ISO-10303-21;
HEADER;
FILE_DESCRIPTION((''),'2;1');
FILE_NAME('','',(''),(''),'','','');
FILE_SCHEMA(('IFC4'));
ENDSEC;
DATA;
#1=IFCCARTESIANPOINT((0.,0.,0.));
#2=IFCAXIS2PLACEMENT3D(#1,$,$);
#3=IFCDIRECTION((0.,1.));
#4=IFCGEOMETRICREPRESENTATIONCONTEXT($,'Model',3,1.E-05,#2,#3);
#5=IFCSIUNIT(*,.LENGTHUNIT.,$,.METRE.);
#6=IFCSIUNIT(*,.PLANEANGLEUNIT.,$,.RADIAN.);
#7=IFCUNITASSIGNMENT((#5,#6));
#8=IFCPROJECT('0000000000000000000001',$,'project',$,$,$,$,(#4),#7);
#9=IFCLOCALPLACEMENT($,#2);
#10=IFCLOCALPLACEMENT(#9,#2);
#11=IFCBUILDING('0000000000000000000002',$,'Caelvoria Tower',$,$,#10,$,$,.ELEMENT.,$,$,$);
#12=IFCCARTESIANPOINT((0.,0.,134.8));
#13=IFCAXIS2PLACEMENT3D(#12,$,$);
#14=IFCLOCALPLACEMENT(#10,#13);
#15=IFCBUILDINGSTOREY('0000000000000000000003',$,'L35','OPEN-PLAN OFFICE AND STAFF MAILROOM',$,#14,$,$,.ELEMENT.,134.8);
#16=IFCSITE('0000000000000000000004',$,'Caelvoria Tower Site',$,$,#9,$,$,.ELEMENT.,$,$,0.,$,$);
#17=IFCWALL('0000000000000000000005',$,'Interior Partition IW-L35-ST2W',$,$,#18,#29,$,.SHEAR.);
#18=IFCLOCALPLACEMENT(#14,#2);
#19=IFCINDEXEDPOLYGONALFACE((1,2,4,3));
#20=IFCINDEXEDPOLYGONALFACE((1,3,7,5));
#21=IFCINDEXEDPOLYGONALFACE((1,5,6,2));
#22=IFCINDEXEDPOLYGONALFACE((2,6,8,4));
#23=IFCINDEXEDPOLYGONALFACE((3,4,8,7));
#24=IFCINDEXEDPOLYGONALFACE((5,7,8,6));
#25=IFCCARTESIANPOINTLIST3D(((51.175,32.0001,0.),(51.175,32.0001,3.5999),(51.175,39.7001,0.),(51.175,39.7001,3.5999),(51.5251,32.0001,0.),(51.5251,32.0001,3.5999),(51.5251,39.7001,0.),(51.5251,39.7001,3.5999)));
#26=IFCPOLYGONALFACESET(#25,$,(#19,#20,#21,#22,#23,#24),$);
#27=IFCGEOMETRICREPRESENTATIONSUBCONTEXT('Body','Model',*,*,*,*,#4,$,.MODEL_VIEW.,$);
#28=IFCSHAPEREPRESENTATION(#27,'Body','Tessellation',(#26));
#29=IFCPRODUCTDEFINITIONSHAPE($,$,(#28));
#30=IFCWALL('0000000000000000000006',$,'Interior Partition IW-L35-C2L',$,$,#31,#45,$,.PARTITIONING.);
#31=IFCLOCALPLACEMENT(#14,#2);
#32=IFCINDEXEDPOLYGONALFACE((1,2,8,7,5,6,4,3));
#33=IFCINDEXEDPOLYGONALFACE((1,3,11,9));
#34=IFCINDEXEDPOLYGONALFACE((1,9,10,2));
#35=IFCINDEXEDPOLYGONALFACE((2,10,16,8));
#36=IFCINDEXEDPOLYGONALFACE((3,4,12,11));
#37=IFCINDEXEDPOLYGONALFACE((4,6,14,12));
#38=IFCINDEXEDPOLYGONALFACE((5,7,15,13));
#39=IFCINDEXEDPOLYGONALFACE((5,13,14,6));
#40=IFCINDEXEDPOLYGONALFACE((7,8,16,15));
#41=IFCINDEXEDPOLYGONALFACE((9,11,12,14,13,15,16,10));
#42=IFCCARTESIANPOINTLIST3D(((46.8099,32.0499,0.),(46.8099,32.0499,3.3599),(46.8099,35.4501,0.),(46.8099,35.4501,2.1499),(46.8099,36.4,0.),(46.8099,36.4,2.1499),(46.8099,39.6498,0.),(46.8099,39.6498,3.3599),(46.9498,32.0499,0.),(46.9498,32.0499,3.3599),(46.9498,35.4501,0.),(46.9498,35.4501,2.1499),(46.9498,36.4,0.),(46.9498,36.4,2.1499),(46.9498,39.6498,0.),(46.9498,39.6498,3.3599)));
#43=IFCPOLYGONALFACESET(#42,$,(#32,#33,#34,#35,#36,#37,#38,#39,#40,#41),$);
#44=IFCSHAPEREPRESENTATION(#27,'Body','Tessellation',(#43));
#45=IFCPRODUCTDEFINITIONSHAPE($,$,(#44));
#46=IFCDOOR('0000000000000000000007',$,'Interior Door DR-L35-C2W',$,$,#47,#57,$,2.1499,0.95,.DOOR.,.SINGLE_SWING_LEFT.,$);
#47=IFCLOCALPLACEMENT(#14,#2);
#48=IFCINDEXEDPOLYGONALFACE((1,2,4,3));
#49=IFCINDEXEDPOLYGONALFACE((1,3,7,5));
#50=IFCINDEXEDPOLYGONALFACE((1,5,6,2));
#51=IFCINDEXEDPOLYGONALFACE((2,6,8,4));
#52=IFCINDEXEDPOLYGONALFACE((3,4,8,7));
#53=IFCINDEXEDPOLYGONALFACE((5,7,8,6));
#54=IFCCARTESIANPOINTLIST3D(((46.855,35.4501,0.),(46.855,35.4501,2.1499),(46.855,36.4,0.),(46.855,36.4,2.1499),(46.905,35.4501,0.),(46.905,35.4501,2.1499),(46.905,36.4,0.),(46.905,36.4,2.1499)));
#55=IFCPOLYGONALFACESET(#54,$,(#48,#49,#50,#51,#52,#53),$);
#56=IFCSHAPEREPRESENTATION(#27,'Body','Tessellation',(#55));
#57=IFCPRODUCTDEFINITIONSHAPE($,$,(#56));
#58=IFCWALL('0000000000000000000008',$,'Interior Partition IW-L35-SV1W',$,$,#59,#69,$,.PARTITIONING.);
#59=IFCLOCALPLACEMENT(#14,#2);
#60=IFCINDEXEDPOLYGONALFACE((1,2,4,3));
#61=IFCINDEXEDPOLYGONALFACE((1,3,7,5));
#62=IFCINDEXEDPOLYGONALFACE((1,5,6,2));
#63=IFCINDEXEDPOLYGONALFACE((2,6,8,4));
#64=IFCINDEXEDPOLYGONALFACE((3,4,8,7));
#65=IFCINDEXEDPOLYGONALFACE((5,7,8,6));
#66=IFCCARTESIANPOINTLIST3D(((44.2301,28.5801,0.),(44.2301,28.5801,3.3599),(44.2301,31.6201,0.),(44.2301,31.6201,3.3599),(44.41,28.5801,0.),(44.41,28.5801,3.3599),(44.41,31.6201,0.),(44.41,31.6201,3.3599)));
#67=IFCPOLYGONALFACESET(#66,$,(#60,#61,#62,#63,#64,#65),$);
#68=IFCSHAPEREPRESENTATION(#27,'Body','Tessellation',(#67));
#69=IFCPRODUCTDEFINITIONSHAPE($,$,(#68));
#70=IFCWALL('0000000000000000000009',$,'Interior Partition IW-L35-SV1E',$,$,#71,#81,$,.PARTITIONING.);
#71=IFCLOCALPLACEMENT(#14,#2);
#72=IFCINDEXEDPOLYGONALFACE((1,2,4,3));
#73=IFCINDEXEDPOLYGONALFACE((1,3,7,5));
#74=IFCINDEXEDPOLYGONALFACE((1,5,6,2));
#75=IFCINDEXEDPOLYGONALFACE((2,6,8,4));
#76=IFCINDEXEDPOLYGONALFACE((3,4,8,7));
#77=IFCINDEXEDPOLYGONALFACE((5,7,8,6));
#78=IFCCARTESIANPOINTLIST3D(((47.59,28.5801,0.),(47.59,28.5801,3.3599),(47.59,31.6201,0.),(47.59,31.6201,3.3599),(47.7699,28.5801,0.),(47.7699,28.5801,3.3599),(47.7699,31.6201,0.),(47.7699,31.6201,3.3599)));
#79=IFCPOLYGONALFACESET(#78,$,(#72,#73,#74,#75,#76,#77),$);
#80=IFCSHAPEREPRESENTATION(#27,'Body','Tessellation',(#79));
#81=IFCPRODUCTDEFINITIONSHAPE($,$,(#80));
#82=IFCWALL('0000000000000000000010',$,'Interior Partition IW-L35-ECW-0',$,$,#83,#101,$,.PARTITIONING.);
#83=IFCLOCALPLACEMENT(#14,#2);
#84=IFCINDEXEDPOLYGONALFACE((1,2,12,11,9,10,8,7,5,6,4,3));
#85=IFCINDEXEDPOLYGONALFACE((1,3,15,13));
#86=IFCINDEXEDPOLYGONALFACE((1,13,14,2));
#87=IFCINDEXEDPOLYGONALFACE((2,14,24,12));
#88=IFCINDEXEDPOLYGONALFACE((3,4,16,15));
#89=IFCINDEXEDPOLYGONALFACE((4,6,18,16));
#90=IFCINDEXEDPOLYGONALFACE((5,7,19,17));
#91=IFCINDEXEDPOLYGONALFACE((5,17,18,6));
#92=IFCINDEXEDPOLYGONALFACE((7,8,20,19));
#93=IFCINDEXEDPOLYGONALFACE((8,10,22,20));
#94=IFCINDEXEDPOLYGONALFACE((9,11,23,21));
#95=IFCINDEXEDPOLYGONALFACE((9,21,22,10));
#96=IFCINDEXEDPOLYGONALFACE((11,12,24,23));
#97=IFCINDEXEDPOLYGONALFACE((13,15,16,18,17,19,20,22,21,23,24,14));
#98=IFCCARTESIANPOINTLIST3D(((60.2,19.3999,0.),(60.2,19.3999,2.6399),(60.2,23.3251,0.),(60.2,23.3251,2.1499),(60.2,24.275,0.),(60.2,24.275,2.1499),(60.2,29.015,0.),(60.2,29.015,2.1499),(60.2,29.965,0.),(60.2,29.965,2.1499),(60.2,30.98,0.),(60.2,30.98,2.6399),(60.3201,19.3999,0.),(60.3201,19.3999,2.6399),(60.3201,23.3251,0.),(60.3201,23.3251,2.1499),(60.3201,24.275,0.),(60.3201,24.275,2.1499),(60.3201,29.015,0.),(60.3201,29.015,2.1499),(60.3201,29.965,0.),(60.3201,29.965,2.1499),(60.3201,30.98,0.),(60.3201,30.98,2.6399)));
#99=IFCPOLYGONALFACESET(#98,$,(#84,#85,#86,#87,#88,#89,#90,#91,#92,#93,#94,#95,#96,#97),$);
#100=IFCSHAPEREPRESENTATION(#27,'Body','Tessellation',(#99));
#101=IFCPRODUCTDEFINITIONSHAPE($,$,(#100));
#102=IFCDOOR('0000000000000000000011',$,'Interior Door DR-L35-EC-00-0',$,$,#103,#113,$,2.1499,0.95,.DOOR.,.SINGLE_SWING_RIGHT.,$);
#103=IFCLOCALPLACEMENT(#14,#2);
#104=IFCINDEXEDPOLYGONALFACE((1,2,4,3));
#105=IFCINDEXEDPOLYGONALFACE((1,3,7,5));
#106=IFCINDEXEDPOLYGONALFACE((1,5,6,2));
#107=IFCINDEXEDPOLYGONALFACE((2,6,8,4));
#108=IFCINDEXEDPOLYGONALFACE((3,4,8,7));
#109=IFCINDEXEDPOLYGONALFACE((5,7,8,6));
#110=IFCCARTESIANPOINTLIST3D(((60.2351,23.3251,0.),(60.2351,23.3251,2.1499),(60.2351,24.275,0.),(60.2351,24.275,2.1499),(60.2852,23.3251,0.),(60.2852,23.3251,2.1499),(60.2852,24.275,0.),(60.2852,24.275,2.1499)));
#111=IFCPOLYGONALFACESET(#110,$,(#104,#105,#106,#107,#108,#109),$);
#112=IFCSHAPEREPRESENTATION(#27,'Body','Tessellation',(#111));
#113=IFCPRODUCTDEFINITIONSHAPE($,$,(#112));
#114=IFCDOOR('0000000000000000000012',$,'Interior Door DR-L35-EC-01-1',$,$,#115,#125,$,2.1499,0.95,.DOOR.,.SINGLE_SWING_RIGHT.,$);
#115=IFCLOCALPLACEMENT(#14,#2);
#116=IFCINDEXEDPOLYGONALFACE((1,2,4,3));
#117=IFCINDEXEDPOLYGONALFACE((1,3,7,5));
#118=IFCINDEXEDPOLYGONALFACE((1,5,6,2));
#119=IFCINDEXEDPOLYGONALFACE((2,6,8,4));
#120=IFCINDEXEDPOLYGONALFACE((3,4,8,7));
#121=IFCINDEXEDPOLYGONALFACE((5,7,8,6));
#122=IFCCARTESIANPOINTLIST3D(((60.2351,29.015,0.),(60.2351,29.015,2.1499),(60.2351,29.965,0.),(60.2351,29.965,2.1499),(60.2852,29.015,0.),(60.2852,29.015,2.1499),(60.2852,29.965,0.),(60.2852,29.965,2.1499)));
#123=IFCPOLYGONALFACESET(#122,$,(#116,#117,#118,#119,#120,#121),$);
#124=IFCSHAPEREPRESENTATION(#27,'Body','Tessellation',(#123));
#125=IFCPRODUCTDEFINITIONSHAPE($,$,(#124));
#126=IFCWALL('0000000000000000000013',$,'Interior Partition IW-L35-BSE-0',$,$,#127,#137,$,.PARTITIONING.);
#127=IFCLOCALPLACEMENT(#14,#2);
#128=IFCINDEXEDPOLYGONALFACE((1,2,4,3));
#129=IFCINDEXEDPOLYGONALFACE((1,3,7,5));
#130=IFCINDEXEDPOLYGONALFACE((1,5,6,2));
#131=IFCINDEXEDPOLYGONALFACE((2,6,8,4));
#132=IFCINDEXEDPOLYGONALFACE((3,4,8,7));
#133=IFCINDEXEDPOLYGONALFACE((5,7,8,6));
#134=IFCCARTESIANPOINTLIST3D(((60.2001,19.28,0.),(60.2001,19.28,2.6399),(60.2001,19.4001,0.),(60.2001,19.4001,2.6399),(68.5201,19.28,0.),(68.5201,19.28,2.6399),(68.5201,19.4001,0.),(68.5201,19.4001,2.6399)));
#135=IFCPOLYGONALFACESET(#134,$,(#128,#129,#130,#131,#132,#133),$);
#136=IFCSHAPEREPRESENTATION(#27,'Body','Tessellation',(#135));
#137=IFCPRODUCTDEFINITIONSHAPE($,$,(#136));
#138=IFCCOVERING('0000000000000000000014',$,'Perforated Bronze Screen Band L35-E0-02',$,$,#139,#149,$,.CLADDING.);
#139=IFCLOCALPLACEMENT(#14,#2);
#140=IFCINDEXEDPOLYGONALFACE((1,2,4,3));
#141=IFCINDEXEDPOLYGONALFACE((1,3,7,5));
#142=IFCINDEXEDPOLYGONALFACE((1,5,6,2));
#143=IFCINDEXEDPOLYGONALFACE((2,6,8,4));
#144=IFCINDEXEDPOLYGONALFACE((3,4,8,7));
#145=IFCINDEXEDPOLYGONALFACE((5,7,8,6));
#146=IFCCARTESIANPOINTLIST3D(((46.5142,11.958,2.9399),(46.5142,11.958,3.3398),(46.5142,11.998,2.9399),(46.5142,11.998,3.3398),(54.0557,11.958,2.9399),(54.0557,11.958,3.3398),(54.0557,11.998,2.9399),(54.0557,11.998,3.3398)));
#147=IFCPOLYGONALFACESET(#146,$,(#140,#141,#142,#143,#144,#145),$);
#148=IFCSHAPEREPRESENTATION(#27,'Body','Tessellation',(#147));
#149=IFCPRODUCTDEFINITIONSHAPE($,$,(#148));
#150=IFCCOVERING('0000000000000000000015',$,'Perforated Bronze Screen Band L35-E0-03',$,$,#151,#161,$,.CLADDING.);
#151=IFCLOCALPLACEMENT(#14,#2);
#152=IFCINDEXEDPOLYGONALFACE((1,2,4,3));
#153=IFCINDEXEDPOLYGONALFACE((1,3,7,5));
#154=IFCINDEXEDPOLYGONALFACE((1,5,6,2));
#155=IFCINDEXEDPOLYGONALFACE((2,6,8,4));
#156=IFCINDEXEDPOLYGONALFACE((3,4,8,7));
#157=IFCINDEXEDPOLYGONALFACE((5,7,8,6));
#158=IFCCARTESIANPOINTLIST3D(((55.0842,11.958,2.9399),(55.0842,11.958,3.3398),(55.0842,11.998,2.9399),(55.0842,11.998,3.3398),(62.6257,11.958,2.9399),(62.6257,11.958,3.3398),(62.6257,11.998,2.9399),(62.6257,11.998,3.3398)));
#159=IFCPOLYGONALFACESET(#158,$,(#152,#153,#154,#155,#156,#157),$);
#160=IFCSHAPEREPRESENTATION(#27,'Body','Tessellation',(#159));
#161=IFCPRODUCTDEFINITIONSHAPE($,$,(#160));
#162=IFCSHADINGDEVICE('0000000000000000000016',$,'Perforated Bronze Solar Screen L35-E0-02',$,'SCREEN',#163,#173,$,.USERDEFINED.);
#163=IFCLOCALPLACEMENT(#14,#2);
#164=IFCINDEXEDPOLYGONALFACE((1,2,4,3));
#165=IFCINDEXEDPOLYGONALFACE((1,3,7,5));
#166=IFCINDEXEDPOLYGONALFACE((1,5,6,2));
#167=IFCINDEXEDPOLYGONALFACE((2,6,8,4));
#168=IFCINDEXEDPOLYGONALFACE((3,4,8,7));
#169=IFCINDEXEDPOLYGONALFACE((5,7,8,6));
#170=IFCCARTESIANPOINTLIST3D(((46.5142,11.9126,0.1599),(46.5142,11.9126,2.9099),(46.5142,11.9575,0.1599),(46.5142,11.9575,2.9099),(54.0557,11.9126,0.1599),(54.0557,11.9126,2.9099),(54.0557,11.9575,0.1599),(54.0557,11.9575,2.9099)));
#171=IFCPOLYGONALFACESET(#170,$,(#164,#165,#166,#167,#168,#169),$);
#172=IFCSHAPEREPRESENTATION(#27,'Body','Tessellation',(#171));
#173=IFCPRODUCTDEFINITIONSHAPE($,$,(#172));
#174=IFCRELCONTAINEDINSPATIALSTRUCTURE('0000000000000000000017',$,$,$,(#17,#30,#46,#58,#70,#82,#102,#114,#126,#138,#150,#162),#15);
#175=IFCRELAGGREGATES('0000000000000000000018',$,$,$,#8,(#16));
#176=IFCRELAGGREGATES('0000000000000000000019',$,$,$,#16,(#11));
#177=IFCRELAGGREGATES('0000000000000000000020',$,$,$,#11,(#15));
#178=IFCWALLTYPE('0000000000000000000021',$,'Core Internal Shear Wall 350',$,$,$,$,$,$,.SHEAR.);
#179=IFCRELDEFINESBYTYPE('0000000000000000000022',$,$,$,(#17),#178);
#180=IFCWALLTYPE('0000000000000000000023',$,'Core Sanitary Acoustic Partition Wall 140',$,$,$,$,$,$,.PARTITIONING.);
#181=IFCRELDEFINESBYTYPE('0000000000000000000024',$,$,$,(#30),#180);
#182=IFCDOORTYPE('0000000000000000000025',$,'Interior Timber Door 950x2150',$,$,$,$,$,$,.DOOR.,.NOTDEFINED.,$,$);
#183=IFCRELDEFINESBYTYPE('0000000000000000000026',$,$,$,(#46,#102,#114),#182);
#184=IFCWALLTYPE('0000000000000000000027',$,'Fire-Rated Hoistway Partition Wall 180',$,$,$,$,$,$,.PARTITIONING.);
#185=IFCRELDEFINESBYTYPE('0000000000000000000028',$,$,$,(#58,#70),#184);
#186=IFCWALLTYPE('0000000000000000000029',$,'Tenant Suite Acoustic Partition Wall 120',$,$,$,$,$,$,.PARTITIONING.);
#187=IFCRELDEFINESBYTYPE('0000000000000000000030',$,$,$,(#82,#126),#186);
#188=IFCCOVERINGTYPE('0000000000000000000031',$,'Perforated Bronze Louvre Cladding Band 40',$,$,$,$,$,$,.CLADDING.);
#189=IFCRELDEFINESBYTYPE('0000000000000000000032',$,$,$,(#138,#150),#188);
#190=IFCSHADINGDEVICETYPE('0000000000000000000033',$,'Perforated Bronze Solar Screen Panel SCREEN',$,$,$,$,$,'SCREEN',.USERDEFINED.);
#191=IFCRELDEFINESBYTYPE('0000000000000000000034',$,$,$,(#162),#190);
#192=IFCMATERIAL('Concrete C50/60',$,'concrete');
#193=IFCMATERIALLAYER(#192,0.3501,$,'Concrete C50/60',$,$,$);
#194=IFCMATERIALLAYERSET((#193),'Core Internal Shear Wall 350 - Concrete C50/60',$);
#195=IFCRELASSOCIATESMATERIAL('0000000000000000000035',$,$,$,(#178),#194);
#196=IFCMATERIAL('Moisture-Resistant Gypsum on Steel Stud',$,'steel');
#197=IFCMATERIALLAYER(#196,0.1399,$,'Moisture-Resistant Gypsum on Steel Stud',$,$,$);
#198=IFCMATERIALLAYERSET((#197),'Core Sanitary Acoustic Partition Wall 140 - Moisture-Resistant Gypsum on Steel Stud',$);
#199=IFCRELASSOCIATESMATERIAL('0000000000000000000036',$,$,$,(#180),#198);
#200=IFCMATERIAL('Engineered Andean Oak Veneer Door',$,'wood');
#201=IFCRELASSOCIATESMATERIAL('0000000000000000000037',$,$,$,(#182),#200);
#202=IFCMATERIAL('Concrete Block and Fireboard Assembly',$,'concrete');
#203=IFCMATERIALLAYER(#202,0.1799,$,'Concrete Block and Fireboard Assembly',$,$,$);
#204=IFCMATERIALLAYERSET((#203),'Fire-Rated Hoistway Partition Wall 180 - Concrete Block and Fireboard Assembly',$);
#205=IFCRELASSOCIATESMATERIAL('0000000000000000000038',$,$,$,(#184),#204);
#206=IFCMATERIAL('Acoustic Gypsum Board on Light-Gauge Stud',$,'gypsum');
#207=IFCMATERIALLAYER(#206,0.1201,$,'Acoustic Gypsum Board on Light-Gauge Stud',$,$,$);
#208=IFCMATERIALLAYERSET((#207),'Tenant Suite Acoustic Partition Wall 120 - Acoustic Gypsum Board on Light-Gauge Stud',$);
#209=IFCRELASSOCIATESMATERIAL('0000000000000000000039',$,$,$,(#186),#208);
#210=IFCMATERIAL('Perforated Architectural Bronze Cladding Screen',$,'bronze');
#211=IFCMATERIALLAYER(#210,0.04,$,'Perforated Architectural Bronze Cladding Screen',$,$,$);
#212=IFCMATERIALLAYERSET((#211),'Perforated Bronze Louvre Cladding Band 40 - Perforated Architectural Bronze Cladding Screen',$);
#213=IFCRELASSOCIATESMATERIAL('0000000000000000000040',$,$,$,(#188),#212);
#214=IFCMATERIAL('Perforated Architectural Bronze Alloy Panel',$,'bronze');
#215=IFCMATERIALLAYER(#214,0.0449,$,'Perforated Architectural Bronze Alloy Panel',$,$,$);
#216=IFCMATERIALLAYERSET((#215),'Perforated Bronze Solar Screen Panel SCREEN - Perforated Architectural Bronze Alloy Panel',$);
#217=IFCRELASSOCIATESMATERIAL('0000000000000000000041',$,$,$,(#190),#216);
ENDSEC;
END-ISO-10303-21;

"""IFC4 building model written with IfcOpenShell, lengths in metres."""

from ifc_helpers import new_model, si_unit, direction, frame, frame_2d, origin, origin_2d, place, context, subcontext, project, spatial, rectangle, extrude, material, layer, layer_set, type_object, element, fill, save


model = new_model("IFC4")

# Units and contexts
model_context = context("Model", 3, precision=1e-05, world=origin(), true_north=direction((0.0, 1.0)))
body_context = subcontext(model_context, "Body", "Model", "MODEL_VIEW")
ifc_project = project(units=[si_unit("LENGTHUNIT", "METRE"), si_unit("PLANEANGLEUNIT", "RADIAN")], contexts=[model_context])

# Site, building, storey
site_placement = place(None, origin())
site = spatial("IfcSite", under=ifc_project, at=site_placement, Name="Caelvoria Tower Site", CompositionType="ELEMENT", RefElevation=0.0)
building_placement = place(site_placement, origin())
building = spatial("IfcBuilding", under=site, at=building_placement, Name="Caelvoria Tower", CompositionType="ELEMENT")
storey_placement = place(building_placement, frame((0.0, 0.0, 134.8)))
storey = spatial("IfcBuildingStorey", under=building, at=storey_placement, Name="L35", Description="OPEN-PLAN OFFICE AND STAFF MAILROOM", CompositionType="ELEMENT", Elevation=134.8)

# Wall
ifc_material_1 = material(Name="Concrete C50/60", Category="concrete")
ifc_layer_1 = layer(ifc_material_1, 0.3501, Name="Concrete C50/60")
ifc_layer_set_1 = layer_set([ifc_layer_1], Name="Core Internal Shear Wall 350 - Concrete C50/60")
wall_type_1 = type_object("IfcWallType", Name="Core Internal Shear Wall 350", PredefinedType="SHEAR", material=ifc_layer_set_1)
wall_1_placement = place(storey_placement, frame((51.3501, 32.0, 0.0), z_axis=(0.0, 0.0, 1.0), x_axis=(0.0, 1.0, 0.0)))
element("IfcWall", 1, at=wall_1_placement, inside=storey, type_object=wall_type_1, Name="Interior Partition IW-L35-ST2W", PredefinedType="SHEAR", context=body_context, shape_type="SweptSolid", body=[
    extrude(rectangle(XDim=7.7, YDim=0.3501, at=frame_2d((3.8501, 0.0))), origin(), (0.0, 0.0, 1.0), 3.5999),
])

# Wall, opening, door
ifc_material_2 = material(Name="Moisture-Resistant Gypsum on Steel Stud", Category="steel")
ifc_layer_2 = layer(ifc_material_2, 0.1399, Name="Moisture-Resistant Gypsum on Steel Stud")
ifc_layer_set_2 = layer_set([ifc_layer_2], Name="Core Sanitary Acoustic Partition Wall 140 - Moisture-Resistant Gypsum on Steel Stud")
wall_type_2 = type_object("IfcWallType", Name="Core Sanitary Acoustic Partition Wall 140", PredefinedType="PARTITIONING", material=ifc_layer_set_2)
wall_2_placement = place(storey_placement, frame((46.8799, 32.05, 0.0), z_axis=(0.0, 0.0, 1.0), x_axis=(0.0, 1.0, 0.0)))
wall_2 = element("IfcWall", 2, at=wall_2_placement, inside=storey, type_object=wall_type_2, Name="Interior Partition IW-L35-C2L", PredefinedType="PARTITIONING", context=body_context, shape_type="SweptSolid", body=[
    extrude(rectangle(XDim=7.5999, YDim=0.1399, at=frame_2d((3.7998, 0.0))), origin(), (0.0, 0.0, 1.0), 3.3599),
])
opening_1_placement = place(wall_2_placement, frame((3.3999, 0.0, 0.0)))
opening_1 = element("IfcOpeningElement", 3, at=opening_1_placement, cuts=wall_2, PredefinedType="OPENING", context=body_context, shape_type="SweptSolid", body=[
    extrude(rectangle(XDim=0.95, YDim=2.1499, at=frame_2d((0.4751, 1.075))), frame((0.0, 0.0798, 0.0), z_axis=(0.0, -1.0, 0.0), x_axis=(1.0, 0.0, 0.0)), (0.0, 0.0, 1.0), 0.1599),
])
ifc_material_3 = material(Name="Engineered Andean Oak Veneer Door", Category="wood")
door_type_1 = type_object("IfcDoorType", Name="Interior Timber Door 950x2150", OperationType="NOTDEFINED", PredefinedType="DOOR", material=ifc_material_3)
door_1_placement = place(opening_1_placement, origin())
door_1 = element("IfcDoor", 4, at=door_1_placement, inside=storey, type_object=door_type_1, Name="Interior Door DR-L35-C2W", OperationType="SINGLE_SWING_LEFT", OverallHeight=2.1499, OverallWidth=0.95, PredefinedType="DOOR", context=body_context, shape_type="SweptSolid", body=[
    extrude(rectangle(XDim=0.95, YDim=2.1499, at=frame_2d((0.4751, 1.075))), frame((0.0, 0.0249, 0.0), z_axis=(0.0, -1.0, 0.0), x_axis=(1.0, 0.0, 0.0)), (0.0, 0.0, 1.0), 0.05),
])
fill(opening_1, door_1)

# Walls
ifc_material_4 = material(Name="Concrete Block and Fireboard Assembly", Category="concrete")
ifc_layer_3 = layer(ifc_material_4, 0.1799, Name="Concrete Block and Fireboard Assembly")
ifc_layer_set_3 = layer_set([ifc_layer_3], Name="Fire-Rated Hoistway Partition Wall 180 - Concrete Block and Fireboard Assembly")
wall_type_3 = type_object("IfcWallType", Name="Fire-Rated Hoistway Partition Wall 180", PredefinedType="PARTITIONING", material=ifc_layer_set_3)
for number, where, z_axis, x_axis, name in (
    (5, (44.3201, 28.5801, 0.0), (0.0, 0.0, 1.0), (0.0, 1.0, 0.0), "Interior Partition IW-L35-SV1W"),
    (6, (47.6799, 28.5801, 0.0), (0.0, 0.0, 1.0), (0.0, 1.0, 0.0), "Interior Partition IW-L35-SV1E"),
):
    element("IfcWall", number, at=place(storey_placement, frame(where, z_axis=z_axis, x_axis=x_axis)), inside=storey, type_object=wall_type_3, Name=name, PredefinedType="PARTITIONING", context=body_context, shape_type="SweptSolid", body=[
        extrude(rectangle(XDim=3.04, YDim=0.1799, at=frame_2d((1.52, 0.0))), origin(), (0.0, 0.0, 1.0), 3.3599),
    ])

# Wall, openings, doors
ifc_material_5 = material(Name="Acoustic Gypsum Board on Light-Gauge Stud", Category="gypsum")
ifc_layer_4 = layer(ifc_material_5, 0.1201, Name="Acoustic Gypsum Board on Light-Gauge Stud")
ifc_layer_set_4 = layer_set([ifc_layer_4], Name="Tenant Suite Acoustic Partition Wall 120 - Acoustic Gypsum Board on Light-Gauge Stud")
wall_type_4 = type_object("IfcWallType", Name="Tenant Suite Acoustic Partition Wall 120", PredefinedType="PARTITIONING", material=ifc_layer_set_4)
wall_3_placement = place(storey_placement, frame((60.26, 19.3999, 0.0), z_axis=(0.0, 0.0, 1.0), x_axis=(0.0, 1.0, 0.0)))
wall_3 = element("IfcWall", 7, at=wall_3_placement, inside=storey, type_object=wall_type_4, Name="Interior Partition IW-L35-ECW-0", PredefinedType="PARTITIONING", context=body_context, shape_type="SweptSolid", body=[
    extrude(rectangle(XDim=11.5801, YDim=0.1201, at=frame_2d((5.79, 0.0))), origin(), (0.0, 0.0, 1.0), 2.6399),
])
opening_2_placement = place(wall_3_placement, frame((3.925, 0.0, 0.0)))
opening_2 = element("IfcOpeningElement", 8, at=opening_2_placement, cuts=wall_3, PredefinedType="OPENING", context=body_context, shape_type="SweptSolid", body=[
    extrude(rectangle(XDim=0.95, YDim=2.1499, at=frame_2d((0.4751, 1.075))), frame((0.0, 0.0701, 0.0), z_axis=(0.0, -1.0, 0.0), x_axis=(1.0, 0.0, 0.0)), (0.0, 0.0, 1.0), 0.1401),
])
opening_3_placement = place(wall_3_placement, frame((9.615, 0.0, 0.0)))
opening_3 = element("IfcOpeningElement", 9, at=opening_3_placement, cuts=wall_3, PredefinedType="OPENING", context=body_context, shape_type="SweptSolid", body=[
    extrude(rectangle(XDim=0.95, YDim=2.1499, at=frame_2d((0.4751, 1.075))), frame((0.0, 0.0701, 0.0), z_axis=(0.0, -1.0, 0.0), x_axis=(1.0, 0.0, 0.0)), (0.0, 0.0, 1.0), 0.1401),
])
door_2_placement = place(opening_2_placement, origin())
door_2 = element("IfcDoor", 10, at=door_2_placement, inside=storey, type_object=door_type_1, Name="Interior Door DR-L35-EC-00-0", OperationType="SINGLE_SWING_RIGHT", OverallHeight=2.1499, OverallWidth=0.95, PredefinedType="DOOR", context=body_context, shape_type="SweptSolid", body=[
    extrude(rectangle(XDim=0.95, YDim=2.1499, at=frame_2d((0.4751, 1.075))), frame((0.0, 0.0249, 0.0), z_axis=(0.0, -1.0, 0.0), x_axis=(1.0, 0.0, 0.0)), (0.0, 0.0, 1.0), 0.05),
])
fill(opening_2, door_2)
door_3_placement = place(opening_3_placement, origin())
door_3 = element("IfcDoor", 11, at=door_3_placement, inside=storey, type_object=door_type_1, Name="Interior Door DR-L35-EC-01-1", OperationType="SINGLE_SWING_RIGHT", OverallHeight=2.1499, OverallWidth=0.95, PredefinedType="DOOR", context=body_context, shape_type="SweptSolid", body=[
    extrude(rectangle(XDim=0.95, YDim=2.1499, at=frame_2d((0.4751, 1.075))), frame((0.0, 0.0249, 0.0), z_axis=(0.0, -1.0, 0.0), x_axis=(1.0, 0.0, 0.0)), (0.0, 0.0, 1.0), 0.05),
])
fill(opening_3, door_3)

# Wall
wall_4_placement = place(storey_placement, frame((60.2, 19.3401, 0.0), z_axis=(0.0, 0.0, 1.0), x_axis=(1.0, 0.0, 0.0)))
element("IfcWall", 12, at=wall_4_placement, inside=storey, type_object=wall_type_4, Name="Interior Partition IW-L35-BSE-0", PredefinedType="PARTITIONING", context=body_context, shape_type="SweptSolid", body=[
    extrude(rectangle(XDim=8.3201, YDim=0.1201, at=frame_2d((4.1602, 0.0))), origin(), (0.0, 0.0, 1.0), 2.6399),
])

# Coverings
ifc_material_6 = material(Name="Perforated Architectural Bronze Cladding Screen", Category="bronze")
ifc_layer_5 = layer(ifc_material_6, 0.04, Name="Perforated Architectural Bronze Cladding Screen")
ifc_layer_set_5 = layer_set([ifc_layer_5], Name="Perforated Bronze Louvre Cladding Band 40 - Perforated Architectural Bronze Cladding Screen")
covering_type = type_object("IfcCoveringType", Name="Perforated Bronze Louvre Cladding Band 40", PredefinedType="CLADDING", material=ifc_layer_set_5)
for number, where, z_axis, x_axis, name in (
    (13, (50.2849, 11.978, 2.9399), (0.0, 0.0, 1.0), (1.0, 0.0, 0.0), "Perforated Bronze Screen Band L35-E0-02"),
    (14, (58.855, 11.978, 2.9399), (0.0, 0.0, 1.0), (1.0, 0.0, 0.0), "Perforated Bronze Screen Band L35-E0-03"),
):
    element("IfcCovering", number, at=place(storey_placement, frame(where, z_axis=z_axis, x_axis=x_axis)), inside=storey, type_object=covering_type, Name=name, PredefinedType="CLADDING", context=body_context, shape_type="SweptSolid", body=[
        extrude(rectangle(XDim=7.5415, YDim=0.04, at=origin_2d()), origin(), (0.0, 0.0, 1.0), 0.3999),
    ])

# Shading device
ifc_material_7 = material(Name="Perforated Architectural Bronze Alloy Panel", Category="bronze")
ifc_layer_6 = layer(ifc_material_7, 0.0449, Name="Perforated Architectural Bronze Alloy Panel")
ifc_layer_set_6 = layer_set([ifc_layer_6], Name="Perforated Bronze Solar Screen Panel SCREEN - Perforated Architectural Bronze Alloy Panel")
shading_device_type = type_object("IfcShadingDeviceType", Name="Perforated Bronze Solar Screen Panel SCREEN", ElementType="SCREEN", PredefinedType="USERDEFINED", material=ifc_layer_set_6)
for number, where, z_axis, x_axis, name in (
    (15, (50.2849, 11.9351, 0.1599), (0.0, 0.0, 1.0), (1.0, 0.0, 0.0), "Perforated Bronze Solar Screen L35-E0-02"),
):
    element("IfcShadingDevice", number, at=place(storey_placement, frame(where, z_axis=z_axis, x_axis=x_axis)), inside=storey, type_object=shading_device_type, Name=name, ObjectType="SCREEN", PredefinedType="USERDEFINED", context=body_context, shape_type="SweptSolid", body=[
        extrude(rectangle(XDim=7.5415, YDim=0.0449, at=origin_2d()), origin(), (0.0, 0.0, 1.0), 2.75),
    ])

save(model, "model.ifc")
